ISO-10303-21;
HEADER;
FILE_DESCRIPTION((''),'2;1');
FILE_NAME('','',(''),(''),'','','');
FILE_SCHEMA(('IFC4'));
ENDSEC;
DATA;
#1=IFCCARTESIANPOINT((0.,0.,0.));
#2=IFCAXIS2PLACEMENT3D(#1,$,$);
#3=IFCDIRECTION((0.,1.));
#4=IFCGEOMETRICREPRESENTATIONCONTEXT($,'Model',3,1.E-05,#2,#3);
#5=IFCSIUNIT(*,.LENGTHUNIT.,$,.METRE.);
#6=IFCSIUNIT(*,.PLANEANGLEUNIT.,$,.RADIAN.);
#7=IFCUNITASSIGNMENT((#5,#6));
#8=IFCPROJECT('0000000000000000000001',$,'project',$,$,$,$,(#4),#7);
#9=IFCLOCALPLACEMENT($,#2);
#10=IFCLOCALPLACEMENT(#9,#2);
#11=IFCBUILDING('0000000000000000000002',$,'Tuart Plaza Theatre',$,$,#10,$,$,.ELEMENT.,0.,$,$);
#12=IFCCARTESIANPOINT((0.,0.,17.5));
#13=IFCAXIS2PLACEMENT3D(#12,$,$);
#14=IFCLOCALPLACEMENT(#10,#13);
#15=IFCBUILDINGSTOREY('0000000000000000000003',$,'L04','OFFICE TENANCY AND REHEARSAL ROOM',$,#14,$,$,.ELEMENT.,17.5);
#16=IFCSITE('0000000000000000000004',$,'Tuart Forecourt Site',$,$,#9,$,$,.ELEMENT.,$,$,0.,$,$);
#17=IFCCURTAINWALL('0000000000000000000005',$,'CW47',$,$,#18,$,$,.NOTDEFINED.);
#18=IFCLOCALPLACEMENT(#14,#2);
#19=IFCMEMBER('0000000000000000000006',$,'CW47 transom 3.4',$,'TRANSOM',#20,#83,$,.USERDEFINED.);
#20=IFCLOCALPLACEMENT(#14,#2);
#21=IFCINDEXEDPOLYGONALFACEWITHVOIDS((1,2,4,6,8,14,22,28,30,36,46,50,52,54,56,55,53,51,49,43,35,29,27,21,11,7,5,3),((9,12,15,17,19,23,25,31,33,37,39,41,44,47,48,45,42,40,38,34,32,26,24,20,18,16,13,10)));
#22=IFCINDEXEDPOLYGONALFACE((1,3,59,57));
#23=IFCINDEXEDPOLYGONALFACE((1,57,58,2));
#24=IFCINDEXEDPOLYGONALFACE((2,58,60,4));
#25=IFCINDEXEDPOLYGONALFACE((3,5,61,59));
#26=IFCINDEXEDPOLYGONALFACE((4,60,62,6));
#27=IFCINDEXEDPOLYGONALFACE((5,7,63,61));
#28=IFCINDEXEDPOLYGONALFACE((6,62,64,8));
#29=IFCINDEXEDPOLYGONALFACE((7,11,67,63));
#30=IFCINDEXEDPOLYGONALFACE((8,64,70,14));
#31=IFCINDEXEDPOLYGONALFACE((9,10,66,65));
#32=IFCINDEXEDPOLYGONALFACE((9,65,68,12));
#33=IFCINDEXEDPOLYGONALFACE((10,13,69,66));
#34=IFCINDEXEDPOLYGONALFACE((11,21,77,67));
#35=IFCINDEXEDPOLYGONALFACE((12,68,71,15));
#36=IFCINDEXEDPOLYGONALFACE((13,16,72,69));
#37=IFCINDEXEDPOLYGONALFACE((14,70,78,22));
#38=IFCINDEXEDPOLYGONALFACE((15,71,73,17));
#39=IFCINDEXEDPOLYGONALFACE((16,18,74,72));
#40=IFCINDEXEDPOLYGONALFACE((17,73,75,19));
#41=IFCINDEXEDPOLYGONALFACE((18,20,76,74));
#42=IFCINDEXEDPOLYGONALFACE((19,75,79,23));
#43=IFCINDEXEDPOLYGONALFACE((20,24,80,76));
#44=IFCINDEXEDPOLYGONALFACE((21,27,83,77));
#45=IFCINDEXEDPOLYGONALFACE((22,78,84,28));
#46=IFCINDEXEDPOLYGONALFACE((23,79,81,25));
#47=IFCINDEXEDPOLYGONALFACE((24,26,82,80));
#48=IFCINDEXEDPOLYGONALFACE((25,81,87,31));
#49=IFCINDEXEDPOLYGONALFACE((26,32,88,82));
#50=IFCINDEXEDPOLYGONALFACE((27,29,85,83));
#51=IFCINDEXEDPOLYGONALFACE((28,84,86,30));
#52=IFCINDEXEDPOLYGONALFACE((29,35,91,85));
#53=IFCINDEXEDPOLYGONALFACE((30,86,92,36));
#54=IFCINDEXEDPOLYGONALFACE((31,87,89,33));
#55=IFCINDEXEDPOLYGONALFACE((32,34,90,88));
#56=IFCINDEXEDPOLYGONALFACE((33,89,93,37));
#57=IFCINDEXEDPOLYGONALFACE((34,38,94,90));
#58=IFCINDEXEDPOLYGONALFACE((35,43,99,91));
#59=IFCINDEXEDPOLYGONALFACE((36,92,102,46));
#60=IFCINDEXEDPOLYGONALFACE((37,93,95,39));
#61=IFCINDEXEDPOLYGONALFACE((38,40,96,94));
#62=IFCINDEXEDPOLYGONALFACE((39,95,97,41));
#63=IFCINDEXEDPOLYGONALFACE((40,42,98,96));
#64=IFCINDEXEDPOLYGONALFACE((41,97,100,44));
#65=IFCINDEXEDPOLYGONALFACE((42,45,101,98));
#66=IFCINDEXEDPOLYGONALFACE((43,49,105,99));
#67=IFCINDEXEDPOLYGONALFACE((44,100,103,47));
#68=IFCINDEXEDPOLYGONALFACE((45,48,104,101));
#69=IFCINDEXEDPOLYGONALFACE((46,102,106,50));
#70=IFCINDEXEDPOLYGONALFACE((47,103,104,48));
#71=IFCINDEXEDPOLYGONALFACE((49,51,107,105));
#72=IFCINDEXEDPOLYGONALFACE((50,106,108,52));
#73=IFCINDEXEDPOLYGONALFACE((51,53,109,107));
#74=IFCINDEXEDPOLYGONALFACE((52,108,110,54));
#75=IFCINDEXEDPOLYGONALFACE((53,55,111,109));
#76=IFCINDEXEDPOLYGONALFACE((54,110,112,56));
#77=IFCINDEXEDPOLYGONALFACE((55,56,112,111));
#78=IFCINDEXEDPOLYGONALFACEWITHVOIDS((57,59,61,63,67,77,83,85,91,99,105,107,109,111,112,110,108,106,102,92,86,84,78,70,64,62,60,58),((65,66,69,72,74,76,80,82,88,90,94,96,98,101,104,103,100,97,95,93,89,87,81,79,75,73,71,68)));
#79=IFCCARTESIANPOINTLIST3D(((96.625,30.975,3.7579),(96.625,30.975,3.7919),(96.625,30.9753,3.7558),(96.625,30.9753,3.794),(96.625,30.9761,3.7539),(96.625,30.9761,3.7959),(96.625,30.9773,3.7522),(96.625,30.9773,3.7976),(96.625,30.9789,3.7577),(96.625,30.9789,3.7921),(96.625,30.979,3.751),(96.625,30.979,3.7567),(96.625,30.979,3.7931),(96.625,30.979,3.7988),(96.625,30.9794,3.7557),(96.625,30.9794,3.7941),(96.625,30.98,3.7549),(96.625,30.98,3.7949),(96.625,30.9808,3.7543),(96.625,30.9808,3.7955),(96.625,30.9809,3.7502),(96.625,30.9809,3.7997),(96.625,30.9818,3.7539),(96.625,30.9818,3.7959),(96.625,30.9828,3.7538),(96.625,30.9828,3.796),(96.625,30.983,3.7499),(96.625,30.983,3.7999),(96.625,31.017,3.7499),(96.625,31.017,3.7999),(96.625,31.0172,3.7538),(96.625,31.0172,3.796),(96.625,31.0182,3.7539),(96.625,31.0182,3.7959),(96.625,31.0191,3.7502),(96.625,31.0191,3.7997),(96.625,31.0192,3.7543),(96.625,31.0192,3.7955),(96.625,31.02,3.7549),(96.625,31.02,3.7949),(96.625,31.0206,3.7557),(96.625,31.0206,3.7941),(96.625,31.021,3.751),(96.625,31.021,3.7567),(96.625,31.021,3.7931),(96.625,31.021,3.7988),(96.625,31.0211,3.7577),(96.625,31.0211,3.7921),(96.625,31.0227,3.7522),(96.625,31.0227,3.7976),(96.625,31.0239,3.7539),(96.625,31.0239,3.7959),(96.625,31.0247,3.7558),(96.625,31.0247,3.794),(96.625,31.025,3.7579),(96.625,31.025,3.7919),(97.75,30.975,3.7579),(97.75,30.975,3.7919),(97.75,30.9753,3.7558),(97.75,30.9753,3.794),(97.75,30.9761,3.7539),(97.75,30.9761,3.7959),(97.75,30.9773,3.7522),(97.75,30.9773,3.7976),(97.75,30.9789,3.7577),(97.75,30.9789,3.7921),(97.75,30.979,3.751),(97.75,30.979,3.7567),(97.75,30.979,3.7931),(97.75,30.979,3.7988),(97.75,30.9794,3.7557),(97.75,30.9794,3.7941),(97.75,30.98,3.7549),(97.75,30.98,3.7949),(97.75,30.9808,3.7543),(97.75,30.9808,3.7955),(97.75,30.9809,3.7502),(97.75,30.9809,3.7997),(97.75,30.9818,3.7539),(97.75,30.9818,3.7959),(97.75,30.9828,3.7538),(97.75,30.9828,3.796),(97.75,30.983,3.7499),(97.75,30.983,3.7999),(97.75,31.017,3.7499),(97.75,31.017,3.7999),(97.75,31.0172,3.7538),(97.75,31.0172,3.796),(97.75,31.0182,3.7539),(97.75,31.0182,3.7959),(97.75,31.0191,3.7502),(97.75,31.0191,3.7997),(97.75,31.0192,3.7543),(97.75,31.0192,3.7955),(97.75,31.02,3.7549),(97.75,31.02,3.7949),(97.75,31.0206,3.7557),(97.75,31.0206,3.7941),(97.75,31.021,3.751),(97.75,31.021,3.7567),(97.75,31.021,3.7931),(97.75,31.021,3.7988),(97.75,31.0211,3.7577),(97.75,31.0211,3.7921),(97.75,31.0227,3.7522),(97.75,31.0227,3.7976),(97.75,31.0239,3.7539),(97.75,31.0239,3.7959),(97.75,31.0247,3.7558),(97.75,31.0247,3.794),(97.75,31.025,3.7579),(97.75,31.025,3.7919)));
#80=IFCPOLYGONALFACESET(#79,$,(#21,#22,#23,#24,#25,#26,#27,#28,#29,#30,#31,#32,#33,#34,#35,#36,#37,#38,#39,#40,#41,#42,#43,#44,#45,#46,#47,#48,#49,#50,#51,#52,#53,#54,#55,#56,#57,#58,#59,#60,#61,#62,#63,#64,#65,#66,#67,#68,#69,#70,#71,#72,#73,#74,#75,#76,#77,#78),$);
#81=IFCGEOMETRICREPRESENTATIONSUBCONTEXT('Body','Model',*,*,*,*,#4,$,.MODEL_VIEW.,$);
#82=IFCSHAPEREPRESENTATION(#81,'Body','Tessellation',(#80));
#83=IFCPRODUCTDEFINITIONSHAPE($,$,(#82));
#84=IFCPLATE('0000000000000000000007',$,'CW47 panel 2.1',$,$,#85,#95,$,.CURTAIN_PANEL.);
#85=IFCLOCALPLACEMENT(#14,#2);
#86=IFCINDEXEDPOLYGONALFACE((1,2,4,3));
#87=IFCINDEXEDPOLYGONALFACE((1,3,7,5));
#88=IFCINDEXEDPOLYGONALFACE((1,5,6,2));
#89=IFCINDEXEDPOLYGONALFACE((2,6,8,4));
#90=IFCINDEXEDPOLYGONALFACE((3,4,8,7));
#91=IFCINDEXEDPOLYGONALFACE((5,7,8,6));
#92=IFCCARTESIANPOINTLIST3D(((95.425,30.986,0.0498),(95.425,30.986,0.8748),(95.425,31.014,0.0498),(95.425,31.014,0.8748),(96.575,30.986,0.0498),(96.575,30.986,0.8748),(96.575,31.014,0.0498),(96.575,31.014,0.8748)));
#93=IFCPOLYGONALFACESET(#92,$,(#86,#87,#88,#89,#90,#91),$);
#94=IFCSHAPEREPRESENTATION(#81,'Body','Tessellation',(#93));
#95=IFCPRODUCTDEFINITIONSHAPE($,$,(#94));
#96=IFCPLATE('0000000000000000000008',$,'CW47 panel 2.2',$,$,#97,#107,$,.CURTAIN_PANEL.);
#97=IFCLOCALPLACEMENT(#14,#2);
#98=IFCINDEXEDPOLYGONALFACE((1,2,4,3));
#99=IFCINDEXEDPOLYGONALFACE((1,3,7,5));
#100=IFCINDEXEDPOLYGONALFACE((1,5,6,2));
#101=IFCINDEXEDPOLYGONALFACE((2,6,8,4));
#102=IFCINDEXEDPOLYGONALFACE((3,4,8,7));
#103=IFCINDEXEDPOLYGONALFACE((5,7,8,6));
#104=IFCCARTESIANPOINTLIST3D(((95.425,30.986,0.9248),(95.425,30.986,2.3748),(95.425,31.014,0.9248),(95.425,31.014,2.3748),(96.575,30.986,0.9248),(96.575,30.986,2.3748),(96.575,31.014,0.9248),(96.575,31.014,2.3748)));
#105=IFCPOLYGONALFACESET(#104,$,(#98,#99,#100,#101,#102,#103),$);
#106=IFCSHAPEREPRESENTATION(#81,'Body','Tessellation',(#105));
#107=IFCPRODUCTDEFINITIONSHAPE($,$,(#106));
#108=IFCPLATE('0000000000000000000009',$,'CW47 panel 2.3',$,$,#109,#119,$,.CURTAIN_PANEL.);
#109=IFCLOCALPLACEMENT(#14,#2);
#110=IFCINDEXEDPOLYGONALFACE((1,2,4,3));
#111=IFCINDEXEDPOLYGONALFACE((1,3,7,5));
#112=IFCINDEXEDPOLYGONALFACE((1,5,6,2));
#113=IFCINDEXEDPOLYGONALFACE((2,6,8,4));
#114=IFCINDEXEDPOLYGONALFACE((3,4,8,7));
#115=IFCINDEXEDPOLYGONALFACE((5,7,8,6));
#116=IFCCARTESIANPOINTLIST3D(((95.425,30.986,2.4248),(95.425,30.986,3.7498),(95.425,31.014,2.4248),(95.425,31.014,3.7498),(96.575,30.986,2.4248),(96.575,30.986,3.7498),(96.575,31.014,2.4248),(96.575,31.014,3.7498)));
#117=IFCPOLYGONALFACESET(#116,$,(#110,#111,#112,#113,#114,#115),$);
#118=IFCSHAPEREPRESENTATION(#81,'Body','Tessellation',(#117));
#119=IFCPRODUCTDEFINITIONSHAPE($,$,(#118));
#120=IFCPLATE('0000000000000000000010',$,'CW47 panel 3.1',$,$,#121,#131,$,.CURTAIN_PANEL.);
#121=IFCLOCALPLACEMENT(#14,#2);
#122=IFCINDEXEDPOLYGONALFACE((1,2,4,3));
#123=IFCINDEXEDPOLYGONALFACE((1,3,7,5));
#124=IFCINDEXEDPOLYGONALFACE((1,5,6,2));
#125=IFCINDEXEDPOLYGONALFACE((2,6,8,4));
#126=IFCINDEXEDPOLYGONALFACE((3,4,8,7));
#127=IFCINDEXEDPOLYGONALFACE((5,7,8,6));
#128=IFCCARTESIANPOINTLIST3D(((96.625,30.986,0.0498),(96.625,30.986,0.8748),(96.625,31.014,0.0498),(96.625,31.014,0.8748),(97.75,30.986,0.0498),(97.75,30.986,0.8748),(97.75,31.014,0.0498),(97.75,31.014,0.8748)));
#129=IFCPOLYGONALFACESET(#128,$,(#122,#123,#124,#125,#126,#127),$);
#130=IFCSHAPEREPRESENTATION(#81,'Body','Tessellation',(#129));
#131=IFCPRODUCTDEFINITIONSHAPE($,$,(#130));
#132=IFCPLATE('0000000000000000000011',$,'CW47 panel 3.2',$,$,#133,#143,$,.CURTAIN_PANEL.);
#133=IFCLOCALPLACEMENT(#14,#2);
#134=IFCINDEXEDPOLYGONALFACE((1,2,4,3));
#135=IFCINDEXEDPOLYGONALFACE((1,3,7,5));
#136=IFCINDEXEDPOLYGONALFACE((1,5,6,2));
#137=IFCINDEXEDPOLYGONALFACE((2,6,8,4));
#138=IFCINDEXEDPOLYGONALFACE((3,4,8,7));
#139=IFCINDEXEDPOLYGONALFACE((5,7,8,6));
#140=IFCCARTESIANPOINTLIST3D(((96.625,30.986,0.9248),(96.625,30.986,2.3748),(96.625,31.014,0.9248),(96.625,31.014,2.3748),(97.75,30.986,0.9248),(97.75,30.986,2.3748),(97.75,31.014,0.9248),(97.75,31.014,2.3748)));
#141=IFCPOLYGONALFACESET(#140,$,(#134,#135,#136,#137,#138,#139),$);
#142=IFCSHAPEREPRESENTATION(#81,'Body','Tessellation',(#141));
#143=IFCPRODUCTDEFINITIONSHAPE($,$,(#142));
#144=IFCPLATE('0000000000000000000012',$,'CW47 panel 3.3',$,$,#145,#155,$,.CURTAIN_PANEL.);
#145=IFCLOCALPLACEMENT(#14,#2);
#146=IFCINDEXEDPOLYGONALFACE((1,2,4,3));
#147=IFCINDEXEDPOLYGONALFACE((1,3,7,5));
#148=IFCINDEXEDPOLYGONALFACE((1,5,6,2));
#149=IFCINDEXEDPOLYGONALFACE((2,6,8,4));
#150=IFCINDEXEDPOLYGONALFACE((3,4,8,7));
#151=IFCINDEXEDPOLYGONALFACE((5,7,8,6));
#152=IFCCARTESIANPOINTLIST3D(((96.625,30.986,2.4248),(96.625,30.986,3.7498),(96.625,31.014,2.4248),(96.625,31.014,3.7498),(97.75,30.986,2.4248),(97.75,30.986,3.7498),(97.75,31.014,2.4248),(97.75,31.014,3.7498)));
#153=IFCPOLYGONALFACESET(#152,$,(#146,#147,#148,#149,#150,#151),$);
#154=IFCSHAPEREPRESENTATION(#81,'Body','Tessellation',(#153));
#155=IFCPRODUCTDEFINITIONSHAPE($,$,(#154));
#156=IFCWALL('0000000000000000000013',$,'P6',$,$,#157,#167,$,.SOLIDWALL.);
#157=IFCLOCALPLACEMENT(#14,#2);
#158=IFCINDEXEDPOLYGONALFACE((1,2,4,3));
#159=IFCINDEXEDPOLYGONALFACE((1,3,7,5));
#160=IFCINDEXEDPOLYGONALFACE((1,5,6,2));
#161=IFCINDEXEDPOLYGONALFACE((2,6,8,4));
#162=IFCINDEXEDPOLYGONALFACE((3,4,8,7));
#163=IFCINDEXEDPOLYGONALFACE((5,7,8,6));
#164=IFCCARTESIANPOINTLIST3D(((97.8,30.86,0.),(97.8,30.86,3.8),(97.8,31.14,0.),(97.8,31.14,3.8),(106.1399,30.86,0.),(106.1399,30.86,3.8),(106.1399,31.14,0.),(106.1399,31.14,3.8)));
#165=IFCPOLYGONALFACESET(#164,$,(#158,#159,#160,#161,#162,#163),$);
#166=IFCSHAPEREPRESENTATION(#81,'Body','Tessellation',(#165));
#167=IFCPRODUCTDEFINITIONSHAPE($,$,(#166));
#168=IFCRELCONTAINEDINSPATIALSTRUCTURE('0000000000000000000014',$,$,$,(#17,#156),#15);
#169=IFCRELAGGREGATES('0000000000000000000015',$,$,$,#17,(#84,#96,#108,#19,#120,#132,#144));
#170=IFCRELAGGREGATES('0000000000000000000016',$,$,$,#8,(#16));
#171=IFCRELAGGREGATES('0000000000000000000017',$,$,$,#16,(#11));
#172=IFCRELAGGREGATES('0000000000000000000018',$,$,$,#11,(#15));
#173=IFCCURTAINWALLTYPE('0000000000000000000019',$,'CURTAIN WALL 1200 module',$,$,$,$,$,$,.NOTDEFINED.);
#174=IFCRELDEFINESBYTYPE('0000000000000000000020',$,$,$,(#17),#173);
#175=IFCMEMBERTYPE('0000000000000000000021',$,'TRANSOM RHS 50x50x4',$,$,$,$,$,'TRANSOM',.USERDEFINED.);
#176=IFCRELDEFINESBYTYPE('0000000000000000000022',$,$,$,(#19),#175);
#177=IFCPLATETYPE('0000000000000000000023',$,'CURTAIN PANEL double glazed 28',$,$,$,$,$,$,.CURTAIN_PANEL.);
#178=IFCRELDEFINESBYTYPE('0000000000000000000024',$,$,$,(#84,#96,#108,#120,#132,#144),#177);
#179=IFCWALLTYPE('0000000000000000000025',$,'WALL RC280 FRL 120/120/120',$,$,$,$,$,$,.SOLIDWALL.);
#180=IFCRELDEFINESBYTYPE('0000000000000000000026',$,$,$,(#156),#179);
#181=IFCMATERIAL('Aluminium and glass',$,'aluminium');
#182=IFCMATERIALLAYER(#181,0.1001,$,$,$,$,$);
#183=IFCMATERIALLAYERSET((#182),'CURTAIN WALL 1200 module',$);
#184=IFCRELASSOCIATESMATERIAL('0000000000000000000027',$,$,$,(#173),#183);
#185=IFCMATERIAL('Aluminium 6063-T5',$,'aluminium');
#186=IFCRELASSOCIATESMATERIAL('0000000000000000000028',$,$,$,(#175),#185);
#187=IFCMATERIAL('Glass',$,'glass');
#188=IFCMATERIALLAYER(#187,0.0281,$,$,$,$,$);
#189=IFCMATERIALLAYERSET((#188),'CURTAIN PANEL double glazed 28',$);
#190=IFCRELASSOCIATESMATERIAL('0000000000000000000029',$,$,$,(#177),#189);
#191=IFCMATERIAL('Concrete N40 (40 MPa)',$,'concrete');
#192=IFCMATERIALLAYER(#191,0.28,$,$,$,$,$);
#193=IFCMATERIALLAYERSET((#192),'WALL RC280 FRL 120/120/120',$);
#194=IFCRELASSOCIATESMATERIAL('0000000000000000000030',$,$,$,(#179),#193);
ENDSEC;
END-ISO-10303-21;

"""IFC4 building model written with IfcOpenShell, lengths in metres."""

from ifc_helpers import new_model, si_unit, direction, frame, frame_2d, origin, origin_2d, place, context, subcontext, project, spatial, rectangle, hollow_rectangle, extrude, material, layer, layer_set, material_profile, profile_set, type_object, element, aggregate, save


model = new_model("IFC4")

# Units and contexts
model_context = context("Model", 3, precision=1e-05, world=origin(), true_north=direction((0.0, 1.0)))
body_context = subcontext(model_context, "Body", "Model", "MODEL_VIEW")
ifc_project = project(units=[si_unit("LENGTHUNIT", "METRE"), si_unit("PLANEANGLEUNIT", "RADIAN")], contexts=[model_context])

# Site, building, storey
site_placement = place(None, origin())
site = spatial("IfcSite", under=ifc_project, at=site_placement, Name="Tuart Forecourt Site", CompositionType="ELEMENT", RefElevation=0.0)
building_placement = place(site_placement, origin())
building = spatial("IfcBuilding", under=site, at=building_placement, Name="Tuart Plaza Theatre", CompositionType="ELEMENT", ElevationOfRefHeight=0.0)
storey_placement = place(building_placement, frame((0.0, 0.0, 17.5)))
storey = spatial("IfcBuildingStorey", under=building, at=storey_placement, Name="L04", Description="OFFICE TENANCY AND REHEARSAL ROOM", CompositionType="ELEMENT", Elevation=17.5)

# Curtain wall, member, plates
ifc_material_1 = material(Name="Aluminium and glass", Category="aluminium")
ifc_layer_1 = layer(ifc_material_1, 0.1001)
ifc_layer_set_1 = layer_set([ifc_layer_1], Name="CURTAIN WALL 1200 module")
curtain_wall_type = type_object("IfcCurtainWallType", Name="CURTAIN WALL 1200 module", PredefinedType="NOTDEFINED", material=ifc_layer_set_1)
curtain_wall_placement = place(storey_placement, origin())
curtain_wall = element("IfcCurtainWall", 1, at=curtain_wall_placement, inside=storey, type_object=curtain_wall_type, Name="CW47", PredefinedType="NOTDEFINED")
ifc_material_2 = material(Name="Aluminium 6063-T5", Category="aluminium")
ifc_material_profile_1 = material_profile(ifc_material_2, hollow_rectangle(XDim=0.05, YDim=0.05, WallThickness=0.0039, InnerFilletRadius=0.0039, OuterFilletRadius=0.0081, at=origin_2d()), Name="RHS 50x50x4")
ifc_profile_set_1 = profile_set([ifc_material_profile_1], Name="Aluminium 6063-T5")
member_type_1 = type_object("IfcMemberType", Name="TRANSOM RHS 50x50x4", ElementType="TRANSOM", PredefinedType="USERDEFINED", material=ifc_profile_set_1)
member_1_placement = place(storey_placement, frame((96.625, 31.0, 3.7749), z_axis=(1.0, 0.0, 0.0), x_axis=(0.0, 1.0, 0.0)))
member_1 = element("IfcMember", 2, at=member_1_placement, type_object=member_type_1, Name="CW47 transom 3.4", ObjectType="TRANSOM", PredefinedType="USERDEFINED", context=body_context, shape_type="SweptSolid", body=[
    extrude(hollow_rectangle(XDim=0.05, YDim=0.05, WallThickness=0.0039, InnerFilletRadius=0.0039, OuterFilletRadius=0.0081, at=origin_2d()), origin(), (0.0, 0.0, 1.0), 1.125),
])
ifc_material_3 = material(Name="Glass", Category="glass")
ifc_layer_2 = layer(ifc_material_3, 0.0281)
ifc_layer_set_2 = layer_set([ifc_layer_2], Name="CURTAIN PANEL double glazed 28")
plate_type = type_object("IfcPlateType", Name="CURTAIN PANEL double glazed 28", PredefinedType="CURTAIN_PANEL", material=ifc_layer_set_2)
plate_1_placement = place(storey_placement, frame((96.0, 31.0, 0.0498), z_axis=(0.0, 0.0, 1.0), x_axis=(1.0, 0.0, 0.0)))
plate_1 = element("IfcPlate", 3, at=plate_1_placement, type_object=plate_type, Name="CW47 panel 2.1", PredefinedType="CURTAIN_PANEL", context=body_context, shape_type="SweptSolid", body=[
    extrude(rectangle(XDim=1.1499, YDim=0.0281, at=origin_2d()), origin(), (0.0, 0.0, 1.0), 0.825),
])
plate_2_placement = place(storey_placement, frame((96.0, 31.0, 0.9248), z_axis=(0.0, 0.0, 1.0), x_axis=(1.0, 0.0, 0.0)))
plate_2 = element("IfcPlate", 4, at=plate_2_placement, type_object=plate_type, Name="CW47 panel 2.2", PredefinedType="CURTAIN_PANEL", context=body_context, shape_type="SweptSolid", body=[
    extrude(rectangle(XDim=1.1499, YDim=0.0281, at=origin_2d()), origin(), (0.0, 0.0, 1.0), 1.45),
])
plate_3_placement = place(storey_placement, frame((96.0, 31.0, 2.4248), z_axis=(0.0, 0.0, 1.0), x_axis=(1.0, 0.0, 0.0)))
plate_3 = element("IfcPlate", 5, at=plate_3_placement, type_object=plate_type, Name="CW47 panel 2.3", PredefinedType="CURTAIN_PANEL", context=body_context, shape_type="SweptSolid", body=[
    extrude(rectangle(XDim=1.1499, YDim=0.0281, at=origin_2d()), origin(), (0.0, 0.0, 1.0), 1.325),
])
plate_4_placement = place(storey_placement, frame((97.1875, 31.0, 0.0498), z_axis=(0.0, 0.0, 1.0), x_axis=(1.0, 0.0, 0.0)))
plate_4 = element("IfcPlate", 6, at=plate_4_placement, type_object=plate_type, Name="CW47 panel 3.1", PredefinedType="CURTAIN_PANEL", context=body_context, shape_type="SweptSolid", body=[
    extrude(rectangle(XDim=1.125, YDim=0.0281, at=origin_2d()), origin(), (0.0, 0.0, 1.0), 0.825),
])
plate_5_placement = place(storey_placement, frame((97.1875, 31.0, 0.9248), z_axis=(0.0, 0.0, 1.0), x_axis=(1.0, 0.0, 0.0)))
plate_5 = element("IfcPlate", 7, at=plate_5_placement, type_object=plate_type, Name="CW47 panel 3.2", PredefinedType="CURTAIN_PANEL", context=body_context, shape_type="SweptSolid", body=[
    extrude(rectangle(XDim=1.125, YDim=0.0281, at=origin_2d()), origin(), (0.0, 0.0, 1.0), 1.45),
])
plate_6_placement = place(storey_placement, frame((97.1875, 31.0, 2.4248), z_axis=(0.0, 0.0, 1.0), x_axis=(1.0, 0.0, 0.0)))
plate_6 = element("IfcPlate", 8, at=plate_6_placement, type_object=plate_type, Name="CW47 panel 3.3", PredefinedType="CURTAIN_PANEL", context=body_context, shape_type="SweptSolid", body=[
    extrude(rectangle(XDim=1.125, YDim=0.0281, at=origin_2d()), origin(), (0.0, 0.0, 1.0), 1.325),
])
aggregate(curtain_wall, [plate_1, plate_2, plate_3, member_1, plate_4, plate_5, plate_6])

# Wall
ifc_material_4 = material(Name="Concrete N40 (40 MPa)", Category="concrete")
ifc_layer_3 = layer(ifc_material_4, 0.28)
ifc_layer_set_3 = layer_set([ifc_layer_3], Name="WALL RC280 FRL 120/120/120")
wall_type_1 = type_object("IfcWallType", Name="WALL RC280 FRL 120/120/120", PredefinedType="SOLIDWALL", material=ifc_layer_set_3)
wall_1_placement = place(storey_placement, frame((97.8, 31.0, 0.0), z_axis=(0.0, 0.0, 1.0), x_axis=(1.0, 0.0, 0.0)))
element("IfcWall", 9, at=wall_1_placement, inside=storey, type_object=wall_type_1, Name="P6", PredefinedType="SOLIDWALL", context=body_context, shape_type="SweptSolid", body=[
    extrude(rectangle(XDim=8.3398, YDim=0.28, at=frame_2d((4.1699, 0.0))), origin(), (0.0, 0.0, 1.0), 3.8),
])

save(model, "model.ifc")
